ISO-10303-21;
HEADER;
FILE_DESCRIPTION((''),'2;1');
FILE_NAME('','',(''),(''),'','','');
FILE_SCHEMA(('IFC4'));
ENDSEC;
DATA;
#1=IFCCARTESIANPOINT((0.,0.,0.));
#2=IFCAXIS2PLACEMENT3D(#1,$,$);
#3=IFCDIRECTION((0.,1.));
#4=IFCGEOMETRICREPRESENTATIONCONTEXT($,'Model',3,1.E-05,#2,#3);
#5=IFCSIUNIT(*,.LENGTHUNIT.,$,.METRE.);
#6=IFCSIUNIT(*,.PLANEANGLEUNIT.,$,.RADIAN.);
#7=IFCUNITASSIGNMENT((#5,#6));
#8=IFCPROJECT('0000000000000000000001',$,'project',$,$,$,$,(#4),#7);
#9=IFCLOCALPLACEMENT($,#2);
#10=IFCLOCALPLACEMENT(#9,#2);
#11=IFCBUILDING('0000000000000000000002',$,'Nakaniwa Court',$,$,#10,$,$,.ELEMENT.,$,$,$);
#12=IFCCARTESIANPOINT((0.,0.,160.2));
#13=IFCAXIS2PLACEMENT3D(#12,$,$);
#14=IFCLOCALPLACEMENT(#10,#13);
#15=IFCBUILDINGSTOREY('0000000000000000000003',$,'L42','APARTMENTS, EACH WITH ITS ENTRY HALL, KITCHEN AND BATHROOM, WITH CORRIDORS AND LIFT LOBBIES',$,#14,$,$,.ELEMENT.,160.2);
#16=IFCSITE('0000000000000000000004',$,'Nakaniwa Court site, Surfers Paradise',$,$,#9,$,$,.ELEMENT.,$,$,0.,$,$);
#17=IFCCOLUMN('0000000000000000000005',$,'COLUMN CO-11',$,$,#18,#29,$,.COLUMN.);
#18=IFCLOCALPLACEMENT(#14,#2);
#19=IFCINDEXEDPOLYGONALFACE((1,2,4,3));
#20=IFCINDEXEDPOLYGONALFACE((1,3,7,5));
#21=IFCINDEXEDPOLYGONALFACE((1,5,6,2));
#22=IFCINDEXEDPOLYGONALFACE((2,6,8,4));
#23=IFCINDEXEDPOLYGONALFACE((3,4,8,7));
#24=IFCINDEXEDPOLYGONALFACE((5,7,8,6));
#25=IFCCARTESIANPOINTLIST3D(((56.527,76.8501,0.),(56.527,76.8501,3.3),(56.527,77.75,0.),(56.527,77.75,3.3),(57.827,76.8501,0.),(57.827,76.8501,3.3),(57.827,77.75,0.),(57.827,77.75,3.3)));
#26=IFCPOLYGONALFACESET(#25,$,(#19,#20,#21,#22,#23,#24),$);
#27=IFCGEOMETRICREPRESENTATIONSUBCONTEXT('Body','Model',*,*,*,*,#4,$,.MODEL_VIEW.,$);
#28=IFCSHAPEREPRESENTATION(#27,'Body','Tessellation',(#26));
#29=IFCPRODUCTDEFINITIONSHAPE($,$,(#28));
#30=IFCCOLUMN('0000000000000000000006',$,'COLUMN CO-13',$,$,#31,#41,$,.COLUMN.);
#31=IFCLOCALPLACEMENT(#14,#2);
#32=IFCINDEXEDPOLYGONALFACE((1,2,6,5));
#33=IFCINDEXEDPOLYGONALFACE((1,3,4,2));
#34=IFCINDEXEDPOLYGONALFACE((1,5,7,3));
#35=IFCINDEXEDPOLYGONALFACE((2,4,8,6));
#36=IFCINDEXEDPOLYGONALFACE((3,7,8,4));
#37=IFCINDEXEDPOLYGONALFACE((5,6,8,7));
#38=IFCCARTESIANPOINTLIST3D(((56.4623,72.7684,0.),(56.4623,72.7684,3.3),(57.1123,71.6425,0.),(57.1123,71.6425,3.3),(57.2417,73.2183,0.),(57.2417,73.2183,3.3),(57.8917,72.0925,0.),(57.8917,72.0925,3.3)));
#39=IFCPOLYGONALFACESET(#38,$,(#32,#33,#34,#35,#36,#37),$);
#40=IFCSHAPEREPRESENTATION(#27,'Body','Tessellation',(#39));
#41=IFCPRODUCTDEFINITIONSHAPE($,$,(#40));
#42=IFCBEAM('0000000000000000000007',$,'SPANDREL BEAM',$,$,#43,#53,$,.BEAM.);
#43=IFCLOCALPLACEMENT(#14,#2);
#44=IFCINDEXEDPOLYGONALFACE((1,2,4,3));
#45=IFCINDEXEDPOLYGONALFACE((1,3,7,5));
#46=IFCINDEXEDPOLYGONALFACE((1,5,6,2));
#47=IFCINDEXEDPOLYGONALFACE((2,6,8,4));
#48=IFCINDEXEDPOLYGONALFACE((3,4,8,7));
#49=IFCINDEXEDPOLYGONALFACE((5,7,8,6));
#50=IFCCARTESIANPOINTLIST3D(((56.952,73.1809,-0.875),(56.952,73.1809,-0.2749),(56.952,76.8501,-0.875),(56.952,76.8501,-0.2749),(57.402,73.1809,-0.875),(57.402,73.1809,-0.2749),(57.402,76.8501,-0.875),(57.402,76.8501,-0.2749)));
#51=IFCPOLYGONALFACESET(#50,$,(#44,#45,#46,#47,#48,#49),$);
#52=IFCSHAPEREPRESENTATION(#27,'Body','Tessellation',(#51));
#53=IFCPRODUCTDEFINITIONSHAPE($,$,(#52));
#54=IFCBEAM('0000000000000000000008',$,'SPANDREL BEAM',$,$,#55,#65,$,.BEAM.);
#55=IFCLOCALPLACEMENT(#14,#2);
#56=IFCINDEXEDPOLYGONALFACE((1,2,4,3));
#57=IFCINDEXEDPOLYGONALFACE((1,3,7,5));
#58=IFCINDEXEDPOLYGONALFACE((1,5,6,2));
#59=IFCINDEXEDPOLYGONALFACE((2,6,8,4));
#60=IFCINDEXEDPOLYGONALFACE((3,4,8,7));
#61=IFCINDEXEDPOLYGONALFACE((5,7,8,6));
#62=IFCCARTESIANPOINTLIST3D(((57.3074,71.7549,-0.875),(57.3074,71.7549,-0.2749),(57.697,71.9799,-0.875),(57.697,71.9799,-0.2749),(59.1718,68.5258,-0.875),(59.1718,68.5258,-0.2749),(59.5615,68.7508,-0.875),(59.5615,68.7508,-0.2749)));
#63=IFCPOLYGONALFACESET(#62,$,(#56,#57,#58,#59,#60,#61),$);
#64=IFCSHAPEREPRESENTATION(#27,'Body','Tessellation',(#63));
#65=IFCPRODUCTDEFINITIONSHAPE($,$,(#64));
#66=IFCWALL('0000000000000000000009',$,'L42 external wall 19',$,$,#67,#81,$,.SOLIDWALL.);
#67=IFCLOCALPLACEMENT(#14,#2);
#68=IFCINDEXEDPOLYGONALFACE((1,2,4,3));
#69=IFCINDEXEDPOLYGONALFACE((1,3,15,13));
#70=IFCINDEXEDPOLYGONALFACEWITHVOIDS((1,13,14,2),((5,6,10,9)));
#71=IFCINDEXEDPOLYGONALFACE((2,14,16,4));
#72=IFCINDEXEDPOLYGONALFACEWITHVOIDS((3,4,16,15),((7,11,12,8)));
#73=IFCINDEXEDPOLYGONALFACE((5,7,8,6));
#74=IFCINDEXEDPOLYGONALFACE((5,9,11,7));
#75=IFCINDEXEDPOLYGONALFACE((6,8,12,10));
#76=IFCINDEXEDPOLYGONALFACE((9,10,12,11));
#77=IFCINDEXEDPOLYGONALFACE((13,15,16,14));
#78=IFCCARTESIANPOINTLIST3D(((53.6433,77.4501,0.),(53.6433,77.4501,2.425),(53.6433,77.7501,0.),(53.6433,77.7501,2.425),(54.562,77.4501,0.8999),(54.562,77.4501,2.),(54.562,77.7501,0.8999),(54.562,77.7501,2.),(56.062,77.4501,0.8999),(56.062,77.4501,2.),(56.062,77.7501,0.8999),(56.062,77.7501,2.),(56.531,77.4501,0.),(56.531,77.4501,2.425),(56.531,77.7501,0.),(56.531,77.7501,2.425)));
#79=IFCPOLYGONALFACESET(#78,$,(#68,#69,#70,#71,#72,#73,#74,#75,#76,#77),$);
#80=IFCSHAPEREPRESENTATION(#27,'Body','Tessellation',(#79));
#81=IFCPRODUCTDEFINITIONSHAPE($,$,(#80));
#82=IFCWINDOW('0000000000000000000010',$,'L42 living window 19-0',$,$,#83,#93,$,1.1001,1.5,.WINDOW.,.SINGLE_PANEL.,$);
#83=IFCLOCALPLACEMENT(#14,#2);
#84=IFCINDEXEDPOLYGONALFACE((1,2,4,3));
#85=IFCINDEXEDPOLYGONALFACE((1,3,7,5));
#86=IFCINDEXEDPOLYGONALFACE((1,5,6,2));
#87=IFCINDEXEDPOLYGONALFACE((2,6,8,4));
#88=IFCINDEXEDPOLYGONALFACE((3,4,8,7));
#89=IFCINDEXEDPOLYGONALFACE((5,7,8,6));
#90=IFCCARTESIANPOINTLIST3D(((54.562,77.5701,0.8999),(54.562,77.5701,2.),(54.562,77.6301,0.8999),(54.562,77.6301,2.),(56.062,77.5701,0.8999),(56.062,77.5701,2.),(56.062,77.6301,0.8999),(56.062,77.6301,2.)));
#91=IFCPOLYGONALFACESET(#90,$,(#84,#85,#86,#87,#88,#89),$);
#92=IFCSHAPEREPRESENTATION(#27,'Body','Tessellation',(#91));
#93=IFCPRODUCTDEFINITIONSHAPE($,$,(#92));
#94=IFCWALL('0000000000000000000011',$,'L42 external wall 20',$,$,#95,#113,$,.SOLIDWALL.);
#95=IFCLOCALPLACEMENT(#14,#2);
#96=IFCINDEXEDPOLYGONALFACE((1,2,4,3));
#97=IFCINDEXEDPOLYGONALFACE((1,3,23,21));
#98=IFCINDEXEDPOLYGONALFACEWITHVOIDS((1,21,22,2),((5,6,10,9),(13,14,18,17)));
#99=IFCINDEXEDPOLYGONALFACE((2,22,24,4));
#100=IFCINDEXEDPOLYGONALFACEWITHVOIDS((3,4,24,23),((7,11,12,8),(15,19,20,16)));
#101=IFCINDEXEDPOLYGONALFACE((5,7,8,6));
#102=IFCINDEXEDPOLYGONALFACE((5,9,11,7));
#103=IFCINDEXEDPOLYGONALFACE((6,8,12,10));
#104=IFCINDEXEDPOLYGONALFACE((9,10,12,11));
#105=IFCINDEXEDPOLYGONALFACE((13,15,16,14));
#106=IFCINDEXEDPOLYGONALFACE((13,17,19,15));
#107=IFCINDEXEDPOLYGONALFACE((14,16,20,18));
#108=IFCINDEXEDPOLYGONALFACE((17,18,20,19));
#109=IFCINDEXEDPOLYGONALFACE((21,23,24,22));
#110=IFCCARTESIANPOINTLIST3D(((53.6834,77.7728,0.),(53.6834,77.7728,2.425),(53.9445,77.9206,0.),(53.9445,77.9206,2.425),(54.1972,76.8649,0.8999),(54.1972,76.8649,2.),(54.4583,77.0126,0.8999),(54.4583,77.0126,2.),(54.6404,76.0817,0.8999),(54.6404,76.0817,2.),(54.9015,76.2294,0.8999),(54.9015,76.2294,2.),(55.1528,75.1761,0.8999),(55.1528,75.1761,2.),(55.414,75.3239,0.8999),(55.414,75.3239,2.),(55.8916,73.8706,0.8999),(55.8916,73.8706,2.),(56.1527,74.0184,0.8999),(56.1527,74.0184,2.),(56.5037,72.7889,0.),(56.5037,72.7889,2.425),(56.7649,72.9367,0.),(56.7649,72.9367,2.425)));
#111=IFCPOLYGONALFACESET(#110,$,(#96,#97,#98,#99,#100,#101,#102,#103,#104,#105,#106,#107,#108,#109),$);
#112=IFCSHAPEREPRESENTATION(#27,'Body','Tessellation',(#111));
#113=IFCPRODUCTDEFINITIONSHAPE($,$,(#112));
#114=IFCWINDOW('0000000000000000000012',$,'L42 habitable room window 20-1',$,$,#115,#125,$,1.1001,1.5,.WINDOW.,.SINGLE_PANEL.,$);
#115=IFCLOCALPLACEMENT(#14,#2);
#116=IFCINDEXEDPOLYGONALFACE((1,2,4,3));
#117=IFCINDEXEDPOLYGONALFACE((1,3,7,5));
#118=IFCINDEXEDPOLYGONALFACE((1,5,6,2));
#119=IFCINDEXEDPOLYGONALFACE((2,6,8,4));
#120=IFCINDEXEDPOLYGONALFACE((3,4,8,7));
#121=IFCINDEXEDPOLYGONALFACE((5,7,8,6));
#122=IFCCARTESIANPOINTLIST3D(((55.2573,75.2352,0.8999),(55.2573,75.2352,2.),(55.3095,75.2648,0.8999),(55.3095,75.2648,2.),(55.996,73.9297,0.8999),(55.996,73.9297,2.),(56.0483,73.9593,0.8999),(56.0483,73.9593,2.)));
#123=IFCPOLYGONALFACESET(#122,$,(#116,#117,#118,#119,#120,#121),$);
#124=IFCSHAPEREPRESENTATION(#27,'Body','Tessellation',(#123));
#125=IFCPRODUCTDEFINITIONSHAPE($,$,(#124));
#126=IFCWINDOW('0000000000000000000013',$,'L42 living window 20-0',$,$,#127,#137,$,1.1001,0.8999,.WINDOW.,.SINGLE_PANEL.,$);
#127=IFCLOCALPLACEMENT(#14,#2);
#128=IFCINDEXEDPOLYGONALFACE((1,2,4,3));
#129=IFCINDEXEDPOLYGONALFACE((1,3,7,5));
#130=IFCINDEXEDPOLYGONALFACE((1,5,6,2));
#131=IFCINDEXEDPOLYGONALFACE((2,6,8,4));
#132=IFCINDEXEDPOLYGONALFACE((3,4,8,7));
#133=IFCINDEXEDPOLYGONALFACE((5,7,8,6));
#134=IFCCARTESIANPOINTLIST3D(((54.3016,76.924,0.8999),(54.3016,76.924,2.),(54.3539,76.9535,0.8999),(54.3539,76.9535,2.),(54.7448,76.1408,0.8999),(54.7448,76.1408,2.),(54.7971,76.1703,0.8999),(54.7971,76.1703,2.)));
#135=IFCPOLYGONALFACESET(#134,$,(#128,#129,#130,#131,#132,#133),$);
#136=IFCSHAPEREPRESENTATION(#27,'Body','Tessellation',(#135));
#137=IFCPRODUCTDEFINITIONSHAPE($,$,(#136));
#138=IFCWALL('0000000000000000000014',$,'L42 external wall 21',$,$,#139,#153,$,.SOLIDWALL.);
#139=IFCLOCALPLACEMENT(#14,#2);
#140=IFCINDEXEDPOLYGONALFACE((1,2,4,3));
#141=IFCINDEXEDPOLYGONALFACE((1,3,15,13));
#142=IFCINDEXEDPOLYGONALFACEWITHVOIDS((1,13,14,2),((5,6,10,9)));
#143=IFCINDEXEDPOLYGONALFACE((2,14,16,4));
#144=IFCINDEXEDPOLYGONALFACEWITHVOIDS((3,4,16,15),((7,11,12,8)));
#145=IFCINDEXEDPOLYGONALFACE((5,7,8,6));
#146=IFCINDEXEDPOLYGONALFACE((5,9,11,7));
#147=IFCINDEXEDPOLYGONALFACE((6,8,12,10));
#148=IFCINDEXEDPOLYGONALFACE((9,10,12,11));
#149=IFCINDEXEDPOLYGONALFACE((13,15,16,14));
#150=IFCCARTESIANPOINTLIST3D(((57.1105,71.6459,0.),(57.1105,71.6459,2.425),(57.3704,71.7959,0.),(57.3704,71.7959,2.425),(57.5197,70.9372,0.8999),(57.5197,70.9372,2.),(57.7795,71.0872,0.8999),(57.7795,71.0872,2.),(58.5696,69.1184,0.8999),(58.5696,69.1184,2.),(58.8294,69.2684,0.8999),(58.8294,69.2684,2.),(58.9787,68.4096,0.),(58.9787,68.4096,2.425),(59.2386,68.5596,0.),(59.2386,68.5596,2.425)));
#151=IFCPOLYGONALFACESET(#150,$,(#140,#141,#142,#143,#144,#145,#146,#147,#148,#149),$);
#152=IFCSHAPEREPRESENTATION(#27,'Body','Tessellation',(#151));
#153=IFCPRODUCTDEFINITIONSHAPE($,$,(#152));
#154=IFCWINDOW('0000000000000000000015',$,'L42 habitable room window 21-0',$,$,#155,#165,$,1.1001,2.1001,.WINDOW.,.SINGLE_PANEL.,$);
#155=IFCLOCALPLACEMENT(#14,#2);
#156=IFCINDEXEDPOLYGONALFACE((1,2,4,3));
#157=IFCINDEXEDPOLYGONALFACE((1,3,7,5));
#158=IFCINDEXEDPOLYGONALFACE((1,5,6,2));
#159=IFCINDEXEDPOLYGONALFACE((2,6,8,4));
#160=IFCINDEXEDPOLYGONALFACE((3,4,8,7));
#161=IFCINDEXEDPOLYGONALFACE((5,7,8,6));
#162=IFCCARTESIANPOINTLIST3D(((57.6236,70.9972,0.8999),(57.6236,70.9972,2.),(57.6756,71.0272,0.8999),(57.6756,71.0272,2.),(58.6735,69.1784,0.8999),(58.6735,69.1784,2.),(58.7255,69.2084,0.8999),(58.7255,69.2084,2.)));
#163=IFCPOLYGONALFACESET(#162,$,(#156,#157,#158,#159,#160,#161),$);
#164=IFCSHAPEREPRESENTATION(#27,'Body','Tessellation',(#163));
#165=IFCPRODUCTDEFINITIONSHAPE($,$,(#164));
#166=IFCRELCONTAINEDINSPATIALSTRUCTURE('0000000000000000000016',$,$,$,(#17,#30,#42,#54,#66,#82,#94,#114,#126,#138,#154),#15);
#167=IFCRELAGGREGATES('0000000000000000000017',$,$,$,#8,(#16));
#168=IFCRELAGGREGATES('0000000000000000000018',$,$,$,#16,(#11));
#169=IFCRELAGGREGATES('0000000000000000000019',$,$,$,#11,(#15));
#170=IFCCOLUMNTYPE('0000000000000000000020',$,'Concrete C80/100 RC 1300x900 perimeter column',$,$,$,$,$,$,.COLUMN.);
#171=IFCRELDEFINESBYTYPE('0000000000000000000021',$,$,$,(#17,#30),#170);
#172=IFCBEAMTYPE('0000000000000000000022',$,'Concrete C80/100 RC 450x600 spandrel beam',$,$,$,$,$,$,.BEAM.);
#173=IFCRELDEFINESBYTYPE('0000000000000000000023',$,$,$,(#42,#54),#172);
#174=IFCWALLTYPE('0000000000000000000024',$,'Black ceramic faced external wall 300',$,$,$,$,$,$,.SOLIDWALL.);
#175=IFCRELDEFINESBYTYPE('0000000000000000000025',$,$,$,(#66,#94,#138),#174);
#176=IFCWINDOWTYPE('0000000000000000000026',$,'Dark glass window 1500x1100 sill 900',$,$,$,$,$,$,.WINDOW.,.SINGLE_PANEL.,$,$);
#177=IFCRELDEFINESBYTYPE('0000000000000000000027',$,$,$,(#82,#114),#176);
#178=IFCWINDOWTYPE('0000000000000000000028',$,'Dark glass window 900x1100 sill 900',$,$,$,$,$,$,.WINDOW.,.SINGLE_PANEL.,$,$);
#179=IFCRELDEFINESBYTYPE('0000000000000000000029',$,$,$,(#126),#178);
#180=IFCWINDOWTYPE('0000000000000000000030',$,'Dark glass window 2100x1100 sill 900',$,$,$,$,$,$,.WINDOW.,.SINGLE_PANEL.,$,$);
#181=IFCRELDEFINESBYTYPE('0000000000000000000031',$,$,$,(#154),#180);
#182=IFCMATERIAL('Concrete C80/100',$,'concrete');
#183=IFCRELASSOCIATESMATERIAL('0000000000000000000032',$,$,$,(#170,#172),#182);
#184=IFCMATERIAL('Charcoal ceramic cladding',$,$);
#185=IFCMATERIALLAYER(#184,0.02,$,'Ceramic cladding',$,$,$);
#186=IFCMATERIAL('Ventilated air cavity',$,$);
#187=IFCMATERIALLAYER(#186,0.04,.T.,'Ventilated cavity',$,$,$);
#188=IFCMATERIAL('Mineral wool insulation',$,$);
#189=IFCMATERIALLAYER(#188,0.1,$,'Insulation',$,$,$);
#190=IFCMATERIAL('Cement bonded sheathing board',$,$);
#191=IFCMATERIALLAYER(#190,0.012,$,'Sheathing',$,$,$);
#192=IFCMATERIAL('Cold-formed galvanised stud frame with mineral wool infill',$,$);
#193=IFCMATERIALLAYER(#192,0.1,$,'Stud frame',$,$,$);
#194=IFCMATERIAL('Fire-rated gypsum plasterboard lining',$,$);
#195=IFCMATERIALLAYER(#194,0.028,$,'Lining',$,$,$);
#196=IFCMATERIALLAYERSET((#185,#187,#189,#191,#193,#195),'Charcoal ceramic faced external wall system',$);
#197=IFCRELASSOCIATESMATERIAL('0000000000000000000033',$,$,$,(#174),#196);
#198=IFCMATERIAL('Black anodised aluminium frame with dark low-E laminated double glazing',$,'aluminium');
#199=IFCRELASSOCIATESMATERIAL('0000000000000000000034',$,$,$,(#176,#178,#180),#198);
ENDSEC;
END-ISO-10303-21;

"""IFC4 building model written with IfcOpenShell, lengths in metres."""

from ifc_helpers import new_model, si_unit, direction, frame, frame_2d, origin, origin_2d, place, context, subcontext, project, spatial, rectangle, extrude, material, layer, layer_set, material_profile, profile_set, type_object, element, fill, save


model = new_model("IFC4")

# Units and contexts
model_context = context("Model", 3, precision=1e-05, world=origin(), true_north=direction((0.0, 1.0)))
body_context = subcontext(model_context, "Body", "Model", "MODEL_VIEW")
ifc_project = project(units=[si_unit("LENGTHUNIT", "METRE"), si_unit("PLANEANGLEUNIT", "RADIAN")], contexts=[model_context])

# Site, building, storey
site_placement = place(None, origin())
site = spatial("IfcSite", under=ifc_project, at=site_placement, Name="Nakaniwa Court site, Surfers Paradise", CompositionType="ELEMENT", RefElevation=0.0)
building_placement = place(site_placement, origin())
building = spatial("IfcBuilding", under=site, at=building_placement, Name="Nakaniwa Court", CompositionType="ELEMENT")
storey_placement = place(building_placement, frame((0.0, 0.0, 160.2)))
storey = spatial("IfcBuildingStorey", under=building, at=storey_placement, Name="L42", Description="APARTMENTS, EACH WITH ITS ENTRY HALL, KITCHEN AND BATHROOM, WITH CORRIDORS AND LIFT LOBBIES", CompositionType="ELEMENT", Elevation=160.2)

# Columns
ifc_material_1 = material(Name="Concrete C80/100", Category="concrete")
ifc_material_profile_1 = material_profile(ifc_material_1, rectangle(XDim=1.3, YDim=0.8999, at=origin_2d()), Name="Concrete C80/100 RC 1300x900 perimeter column")
ifc_profile_set_1 = profile_set([ifc_material_profile_1], Name="Concrete C80/100")
column_type = type_object("IfcColumnType", Name="Concrete C80/100 RC 1300x900 perimeter column", PredefinedType="COLUMN", material=ifc_profile_set_1)
for number, where, z_axis, x_axis, name in (
    (1, (57.177, 77.3, 0.0), (0.0, 0.0, 1.0), (-1.0, 0.0, 0.0), "COLUMN CO-11"),
    (2, (57.177, 72.4304, 0.0), (0.0, 0.0, 1.0), (0.5, -0.866025, 0.0), "COLUMN CO-13"),
):
    element("IfcColumn", number, at=place(storey_placement, frame(where, z_axis=z_axis, x_axis=x_axis)), inside=storey, type_object=column_type, Name=name, PredefinedType="COLUMN", context=body_context, shape_type="SweptSolid", body=[
        extrude(rectangle(XDim=1.3, YDim=0.8999, at=origin_2d()), origin(), (0.0, 0.0, 1.0), 3.3),
    ])

# Beams
ifc_material_profile_2 = material_profile(ifc_material_1, rectangle(XDim=0.45, YDim=0.6001, at=origin_2d()), Name="Concrete C80/100 RC 450x600 spandrel beam")
ifc_profile_set_2 = profile_set([ifc_material_profile_2], Name="Concrete C80/100")
beam_type = type_object("IfcBeamType", Name="Concrete C80/100 RC 450x600 spandrel beam", PredefinedType="BEAM", material=ifc_profile_set_2)
beam_1_placement = place(storey_placement, frame((57.177, 76.8501, -0.575), z_axis=(0.0, -1.0, 0.0), x_axis=(1.0, 0.0, 0.0)))
element("IfcBeam", 3, at=beam_1_placement, inside=storey, type_object=beam_type, Name="SPANDREL BEAM", PredefinedType="BEAM", context=body_context, shape_type="SweptSolid", body=[
    extrude(rectangle(XDim=0.45, YDim=0.6001, at=origin_2d()), origin(), (0.0, 0.0, 1.0), 3.6692),
])
beam_2_placement = place(storey_placement, frame((57.5022, 71.8674, -0.575), z_axis=(0.500019, -0.866014, 0.0), x_axis=(0.866014, 0.500019, 0.0)))
element("IfcBeam", 4, at=beam_2_placement, inside=storey, type_object=beam_type, Name="SPANDREL BEAM", PredefinedType="BEAM", context=body_context, shape_type="SweptSolid", body=[
    extrude(rectangle(XDim=0.45, YDim=0.6001, at=origin_2d()), origin(), (0.0, 0.0, 1.0), 3.7288),
])

# Wall, opening, window
ifc_material_2 = material(Name="Charcoal ceramic cladding")
ifc_layer_1 = layer(ifc_material_2, 0.02, Name="Ceramic cladding")
ifc_material_3 = material(Name="Ventilated air cavity")
ifc_layer_2 = layer(ifc_material_3, 0.04, ventilated=True, Name="Ventilated cavity")
ifc_material_4 = material(Name="Mineral wool insulation")
ifc_layer_3 = layer(ifc_material_4, 0.1, Name="Insulation")
ifc_material_5 = material(Name="Cement bonded sheathing board")
ifc_layer_4 = layer(ifc_material_5, 0.012, Name="Sheathing")
ifc_material_6 = material(Name="Cold-formed galvanised stud frame with mineral wool infill")
ifc_layer_5 = layer(ifc_material_6, 0.1, Name="Stud frame")
ifc_material_7 = material(Name="Fire-rated gypsum plasterboard lining")
ifc_layer_6 = layer(ifc_material_7, 0.028, Name="Lining")
ifc_layer_set_1 = layer_set([ifc_layer_1, ifc_layer_2, ifc_layer_3, ifc_layer_4, ifc_layer_5, ifc_layer_6], Name="Charcoal ceramic faced external wall system")
wall_type_1 = type_object("IfcWallType", Name="Black ceramic faced external wall 300", PredefinedType="SOLIDWALL", material=ifc_layer_set_1)
wall_1_placement = place(storey_placement, frame((56.531, 77.6001, 0.0), z_axis=(0.0, 0.0, 1.0), x_axis=(-1.0, 0.0, 0.0)))
wall_1 = element("IfcWall", 5, at=wall_1_placement, inside=storey, type_object=wall_type_1, Name="L42 external wall 19", PredefinedType="SOLIDWALL", context=body_context, shape_type="SweptSolid", body=[
    extrude(rectangle(XDim=2.8877, YDim=0.3, at=frame_2d((1.4438, 0.0))), origin(), (0.0, 0.0, 1.0), 2.425),
])
opening_1_placement = place(wall_1_placement, frame((0.469, 0.0, 0.8999)))
opening_1 = element("IfcOpeningElement", 6, at=opening_1_placement, cuts=wall_1, PredefinedType="OPENING", context=body_context, shape_type="SweptSolid", body=[
    extrude(rectangle(XDim=1.5, YDim=1.1001, at=frame_2d((0.75, 0.55))), frame((0.0, 0.1599, 0.0), z_axis=(0.0, -1.0, 0.0), x_axis=(1.0, 0.0, 0.0)), (0.0, 0.0, 1.0), 0.3201),
])
ifc_material_8 = material(Name="Black anodised aluminium frame with dark low-E laminated double glazing", Category="aluminium")
window_type_1 = type_object("IfcWindowType", Name="Dark glass window 1500x1100 sill 900", PartitioningType="SINGLE_PANEL", PredefinedType="WINDOW", material=ifc_material_8)
window_1_placement = place(opening_1_placement, origin())
window_1 = element("IfcWindow", 7, at=window_1_placement, inside=storey, type_object=window_type_1, Name="L42 living window 19-0", OverallHeight=1.1001, OverallWidth=1.5, PartitioningType="SINGLE_PANEL", PredefinedType="WINDOW", context=body_context, shape_type="SweptSolid", body=[
    extrude(rectangle(XDim=1.5, YDim=1.1001, at=frame_2d((0.75, 0.55))), frame((0.0, 0.03, 0.0), z_axis=(0.0, -1.0, 0.0), x_axis=(1.0, 0.0, 0.0)), (0.0, 0.0, 1.0), 0.0601),
])
fill(opening_1, window_1)

# Wall, openings, windows
wall_2_placement = place(storey_placement, frame((53.814, 77.8467, 0.0), z_axis=(0.0, 0.0, 1.0), x_axis=(0.492498, -0.870313, 0.0)))
wall_2 = element("IfcWall", 8, at=wall_2_placement, inside=storey, type_object=wall_type_1, Name="L42 external wall 20", PredefinedType="SOLIDWALL", context=body_context, shape_type="SweptSolid", body=[
    extrude(rectangle(XDim=5.7266, YDim=0.3, at=frame_2d((2.8633, 0.0))), origin(), (0.0, 0.0, 1.0), 2.425),
])
opening_2_placement = place(wall_2_placement, frame((1.0432, 0.0, 0.8999)))
opening_2 = element("IfcOpeningElement", 9, at=opening_2_placement, cuts=wall_2, PredefinedType="OPENING", context=body_context, shape_type="SweptSolid", body=[
    extrude(rectangle(XDim=0.8999, YDim=1.1001, at=frame_2d((0.45, 0.55))), frame((0.0, 0.1599, 0.0), z_axis=(0.0, -1.0, 0.0), x_axis=(1.0, 0.0, 0.0)), (0.0, 0.0, 1.0), 0.3201),
])
opening_3_placement = place(wall_2_placement, frame((2.9836, 0.0, 0.8999)))
opening_3 = element("IfcOpeningElement", 10, at=opening_3_placement, cuts=wall_2, PredefinedType="OPENING", context=body_context, shape_type="SweptSolid", body=[
    extrude(rectangle(XDim=1.5, YDim=1.1001, at=frame_2d((0.75, 0.55))), frame((0.0, 0.1599, 0.0), z_axis=(0.0, -1.0, 0.0), x_axis=(1.0, 0.0, 0.0)), (0.0, 0.0, 1.0), 0.3201),
])
window_2_placement = place(opening_3_placement, origin())
window_2 = element("IfcWindow", 11, at=window_2_placement, inside=storey, type_object=window_type_1, Name="L42 habitable room window 20-1", OverallHeight=1.1001, OverallWidth=1.5, PartitioningType="SINGLE_PANEL", PredefinedType="WINDOW", context=body_context, shape_type="SweptSolid", body=[
    extrude(rectangle(XDim=1.5, YDim=1.1001, at=frame_2d((0.75, 0.55))), frame((0.0, 0.03, 0.0), z_axis=(0.0, -1.0, 0.0), x_axis=(1.0, 0.0, 0.0)), (0.0, 0.0, 1.0), 0.0601),
])
fill(opening_3, window_2)
window_type_2 = type_object("IfcWindowType", Name="Dark glass window 900x1100 sill 900", PartitioningType="SINGLE_PANEL", PredefinedType="WINDOW", material=ifc_material_8)
window_3_placement = place(opening_2_placement, origin())
window_3 = element("IfcWindow", 12, at=window_3_placement, inside=storey, type_object=window_type_2, Name="L42 living window 20-0", OverallHeight=1.1001, OverallWidth=0.8999, PartitioningType="SINGLE_PANEL", PredefinedType="WINDOW", context=body_context, shape_type="SweptSolid", body=[
    extrude(rectangle(XDim=0.8999, YDim=1.1001, at=frame_2d((0.45, 0.55))), frame((0.0, 0.03, 0.0), z_axis=(0.0, -1.0, 0.0), x_axis=(1.0, 0.0, 0.0)), (0.0, 0.0, 1.0), 0.0601),
])
fill(opening_2, window_3)

# Wall, opening, window
wall_3_placement = place(storey_placement, frame((57.2405, 71.7209, 0.0), z_axis=(0.0, 0.0, 1.0), x_axis=(0.499934, -0.866064, 0.0)))
wall_3 = element("IfcWall", 13, at=wall_3_placement, inside=storey, type_object=wall_type_1, Name="L42 external wall 21", PredefinedType="SOLIDWALL", context=body_context, shape_type="SweptSolid", body=[
    extrude(rectangle(XDim=3.7368, YDim=0.3, at=frame_2d((1.8684, 0.0))), origin(), (0.0, 0.0, 1.0), 2.425),
])
opening_4_placement = place(wall_3_placement, frame((0.8184, 0.0, 0.8999)))
opening_4 = element("IfcOpeningElement", 14, at=opening_4_placement, cuts=wall_3, PredefinedType="OPENING", context=body_context, shape_type="SweptSolid", body=[
    extrude(rectangle(XDim=2.1001, YDim=1.1001, at=frame_2d((1.05, 0.55))), frame((0.0, 0.1599, 0.0), z_axis=(0.0, -1.0, 0.0), x_axis=(1.0, 0.0, 0.0)), (0.0, 0.0, 1.0), 0.3201),
])
window_type_3 = type_object("IfcWindowType", Name="Dark glass window 2100x1100 sill 900", PartitioningType="SINGLE_PANEL", PredefinedType="WINDOW", material=ifc_material_8)
window_4_placement = place(opening_4_placement, origin())
window_4 = element("IfcWindow", 15, at=window_4_placement, inside=storey, type_object=window_type_3, Name="L42 habitable room window 21-0", OverallHeight=1.1001, OverallWidth=2.1001, PartitioningType="SINGLE_PANEL", PredefinedType="WINDOW", context=body_context, shape_type="SweptSolid", body=[
    extrude(rectangle(XDim=2.1001, YDim=1.1001, at=frame_2d((1.05, 0.55))), frame((0.0, 0.03, 0.0), z_axis=(0.0, -1.0, 0.0), x_axis=(1.0, 0.0, 0.0)), (0.0, 0.0, 1.0), 0.0601),
])
fill(opening_4, window_4)

save(model, "model.ifc")
